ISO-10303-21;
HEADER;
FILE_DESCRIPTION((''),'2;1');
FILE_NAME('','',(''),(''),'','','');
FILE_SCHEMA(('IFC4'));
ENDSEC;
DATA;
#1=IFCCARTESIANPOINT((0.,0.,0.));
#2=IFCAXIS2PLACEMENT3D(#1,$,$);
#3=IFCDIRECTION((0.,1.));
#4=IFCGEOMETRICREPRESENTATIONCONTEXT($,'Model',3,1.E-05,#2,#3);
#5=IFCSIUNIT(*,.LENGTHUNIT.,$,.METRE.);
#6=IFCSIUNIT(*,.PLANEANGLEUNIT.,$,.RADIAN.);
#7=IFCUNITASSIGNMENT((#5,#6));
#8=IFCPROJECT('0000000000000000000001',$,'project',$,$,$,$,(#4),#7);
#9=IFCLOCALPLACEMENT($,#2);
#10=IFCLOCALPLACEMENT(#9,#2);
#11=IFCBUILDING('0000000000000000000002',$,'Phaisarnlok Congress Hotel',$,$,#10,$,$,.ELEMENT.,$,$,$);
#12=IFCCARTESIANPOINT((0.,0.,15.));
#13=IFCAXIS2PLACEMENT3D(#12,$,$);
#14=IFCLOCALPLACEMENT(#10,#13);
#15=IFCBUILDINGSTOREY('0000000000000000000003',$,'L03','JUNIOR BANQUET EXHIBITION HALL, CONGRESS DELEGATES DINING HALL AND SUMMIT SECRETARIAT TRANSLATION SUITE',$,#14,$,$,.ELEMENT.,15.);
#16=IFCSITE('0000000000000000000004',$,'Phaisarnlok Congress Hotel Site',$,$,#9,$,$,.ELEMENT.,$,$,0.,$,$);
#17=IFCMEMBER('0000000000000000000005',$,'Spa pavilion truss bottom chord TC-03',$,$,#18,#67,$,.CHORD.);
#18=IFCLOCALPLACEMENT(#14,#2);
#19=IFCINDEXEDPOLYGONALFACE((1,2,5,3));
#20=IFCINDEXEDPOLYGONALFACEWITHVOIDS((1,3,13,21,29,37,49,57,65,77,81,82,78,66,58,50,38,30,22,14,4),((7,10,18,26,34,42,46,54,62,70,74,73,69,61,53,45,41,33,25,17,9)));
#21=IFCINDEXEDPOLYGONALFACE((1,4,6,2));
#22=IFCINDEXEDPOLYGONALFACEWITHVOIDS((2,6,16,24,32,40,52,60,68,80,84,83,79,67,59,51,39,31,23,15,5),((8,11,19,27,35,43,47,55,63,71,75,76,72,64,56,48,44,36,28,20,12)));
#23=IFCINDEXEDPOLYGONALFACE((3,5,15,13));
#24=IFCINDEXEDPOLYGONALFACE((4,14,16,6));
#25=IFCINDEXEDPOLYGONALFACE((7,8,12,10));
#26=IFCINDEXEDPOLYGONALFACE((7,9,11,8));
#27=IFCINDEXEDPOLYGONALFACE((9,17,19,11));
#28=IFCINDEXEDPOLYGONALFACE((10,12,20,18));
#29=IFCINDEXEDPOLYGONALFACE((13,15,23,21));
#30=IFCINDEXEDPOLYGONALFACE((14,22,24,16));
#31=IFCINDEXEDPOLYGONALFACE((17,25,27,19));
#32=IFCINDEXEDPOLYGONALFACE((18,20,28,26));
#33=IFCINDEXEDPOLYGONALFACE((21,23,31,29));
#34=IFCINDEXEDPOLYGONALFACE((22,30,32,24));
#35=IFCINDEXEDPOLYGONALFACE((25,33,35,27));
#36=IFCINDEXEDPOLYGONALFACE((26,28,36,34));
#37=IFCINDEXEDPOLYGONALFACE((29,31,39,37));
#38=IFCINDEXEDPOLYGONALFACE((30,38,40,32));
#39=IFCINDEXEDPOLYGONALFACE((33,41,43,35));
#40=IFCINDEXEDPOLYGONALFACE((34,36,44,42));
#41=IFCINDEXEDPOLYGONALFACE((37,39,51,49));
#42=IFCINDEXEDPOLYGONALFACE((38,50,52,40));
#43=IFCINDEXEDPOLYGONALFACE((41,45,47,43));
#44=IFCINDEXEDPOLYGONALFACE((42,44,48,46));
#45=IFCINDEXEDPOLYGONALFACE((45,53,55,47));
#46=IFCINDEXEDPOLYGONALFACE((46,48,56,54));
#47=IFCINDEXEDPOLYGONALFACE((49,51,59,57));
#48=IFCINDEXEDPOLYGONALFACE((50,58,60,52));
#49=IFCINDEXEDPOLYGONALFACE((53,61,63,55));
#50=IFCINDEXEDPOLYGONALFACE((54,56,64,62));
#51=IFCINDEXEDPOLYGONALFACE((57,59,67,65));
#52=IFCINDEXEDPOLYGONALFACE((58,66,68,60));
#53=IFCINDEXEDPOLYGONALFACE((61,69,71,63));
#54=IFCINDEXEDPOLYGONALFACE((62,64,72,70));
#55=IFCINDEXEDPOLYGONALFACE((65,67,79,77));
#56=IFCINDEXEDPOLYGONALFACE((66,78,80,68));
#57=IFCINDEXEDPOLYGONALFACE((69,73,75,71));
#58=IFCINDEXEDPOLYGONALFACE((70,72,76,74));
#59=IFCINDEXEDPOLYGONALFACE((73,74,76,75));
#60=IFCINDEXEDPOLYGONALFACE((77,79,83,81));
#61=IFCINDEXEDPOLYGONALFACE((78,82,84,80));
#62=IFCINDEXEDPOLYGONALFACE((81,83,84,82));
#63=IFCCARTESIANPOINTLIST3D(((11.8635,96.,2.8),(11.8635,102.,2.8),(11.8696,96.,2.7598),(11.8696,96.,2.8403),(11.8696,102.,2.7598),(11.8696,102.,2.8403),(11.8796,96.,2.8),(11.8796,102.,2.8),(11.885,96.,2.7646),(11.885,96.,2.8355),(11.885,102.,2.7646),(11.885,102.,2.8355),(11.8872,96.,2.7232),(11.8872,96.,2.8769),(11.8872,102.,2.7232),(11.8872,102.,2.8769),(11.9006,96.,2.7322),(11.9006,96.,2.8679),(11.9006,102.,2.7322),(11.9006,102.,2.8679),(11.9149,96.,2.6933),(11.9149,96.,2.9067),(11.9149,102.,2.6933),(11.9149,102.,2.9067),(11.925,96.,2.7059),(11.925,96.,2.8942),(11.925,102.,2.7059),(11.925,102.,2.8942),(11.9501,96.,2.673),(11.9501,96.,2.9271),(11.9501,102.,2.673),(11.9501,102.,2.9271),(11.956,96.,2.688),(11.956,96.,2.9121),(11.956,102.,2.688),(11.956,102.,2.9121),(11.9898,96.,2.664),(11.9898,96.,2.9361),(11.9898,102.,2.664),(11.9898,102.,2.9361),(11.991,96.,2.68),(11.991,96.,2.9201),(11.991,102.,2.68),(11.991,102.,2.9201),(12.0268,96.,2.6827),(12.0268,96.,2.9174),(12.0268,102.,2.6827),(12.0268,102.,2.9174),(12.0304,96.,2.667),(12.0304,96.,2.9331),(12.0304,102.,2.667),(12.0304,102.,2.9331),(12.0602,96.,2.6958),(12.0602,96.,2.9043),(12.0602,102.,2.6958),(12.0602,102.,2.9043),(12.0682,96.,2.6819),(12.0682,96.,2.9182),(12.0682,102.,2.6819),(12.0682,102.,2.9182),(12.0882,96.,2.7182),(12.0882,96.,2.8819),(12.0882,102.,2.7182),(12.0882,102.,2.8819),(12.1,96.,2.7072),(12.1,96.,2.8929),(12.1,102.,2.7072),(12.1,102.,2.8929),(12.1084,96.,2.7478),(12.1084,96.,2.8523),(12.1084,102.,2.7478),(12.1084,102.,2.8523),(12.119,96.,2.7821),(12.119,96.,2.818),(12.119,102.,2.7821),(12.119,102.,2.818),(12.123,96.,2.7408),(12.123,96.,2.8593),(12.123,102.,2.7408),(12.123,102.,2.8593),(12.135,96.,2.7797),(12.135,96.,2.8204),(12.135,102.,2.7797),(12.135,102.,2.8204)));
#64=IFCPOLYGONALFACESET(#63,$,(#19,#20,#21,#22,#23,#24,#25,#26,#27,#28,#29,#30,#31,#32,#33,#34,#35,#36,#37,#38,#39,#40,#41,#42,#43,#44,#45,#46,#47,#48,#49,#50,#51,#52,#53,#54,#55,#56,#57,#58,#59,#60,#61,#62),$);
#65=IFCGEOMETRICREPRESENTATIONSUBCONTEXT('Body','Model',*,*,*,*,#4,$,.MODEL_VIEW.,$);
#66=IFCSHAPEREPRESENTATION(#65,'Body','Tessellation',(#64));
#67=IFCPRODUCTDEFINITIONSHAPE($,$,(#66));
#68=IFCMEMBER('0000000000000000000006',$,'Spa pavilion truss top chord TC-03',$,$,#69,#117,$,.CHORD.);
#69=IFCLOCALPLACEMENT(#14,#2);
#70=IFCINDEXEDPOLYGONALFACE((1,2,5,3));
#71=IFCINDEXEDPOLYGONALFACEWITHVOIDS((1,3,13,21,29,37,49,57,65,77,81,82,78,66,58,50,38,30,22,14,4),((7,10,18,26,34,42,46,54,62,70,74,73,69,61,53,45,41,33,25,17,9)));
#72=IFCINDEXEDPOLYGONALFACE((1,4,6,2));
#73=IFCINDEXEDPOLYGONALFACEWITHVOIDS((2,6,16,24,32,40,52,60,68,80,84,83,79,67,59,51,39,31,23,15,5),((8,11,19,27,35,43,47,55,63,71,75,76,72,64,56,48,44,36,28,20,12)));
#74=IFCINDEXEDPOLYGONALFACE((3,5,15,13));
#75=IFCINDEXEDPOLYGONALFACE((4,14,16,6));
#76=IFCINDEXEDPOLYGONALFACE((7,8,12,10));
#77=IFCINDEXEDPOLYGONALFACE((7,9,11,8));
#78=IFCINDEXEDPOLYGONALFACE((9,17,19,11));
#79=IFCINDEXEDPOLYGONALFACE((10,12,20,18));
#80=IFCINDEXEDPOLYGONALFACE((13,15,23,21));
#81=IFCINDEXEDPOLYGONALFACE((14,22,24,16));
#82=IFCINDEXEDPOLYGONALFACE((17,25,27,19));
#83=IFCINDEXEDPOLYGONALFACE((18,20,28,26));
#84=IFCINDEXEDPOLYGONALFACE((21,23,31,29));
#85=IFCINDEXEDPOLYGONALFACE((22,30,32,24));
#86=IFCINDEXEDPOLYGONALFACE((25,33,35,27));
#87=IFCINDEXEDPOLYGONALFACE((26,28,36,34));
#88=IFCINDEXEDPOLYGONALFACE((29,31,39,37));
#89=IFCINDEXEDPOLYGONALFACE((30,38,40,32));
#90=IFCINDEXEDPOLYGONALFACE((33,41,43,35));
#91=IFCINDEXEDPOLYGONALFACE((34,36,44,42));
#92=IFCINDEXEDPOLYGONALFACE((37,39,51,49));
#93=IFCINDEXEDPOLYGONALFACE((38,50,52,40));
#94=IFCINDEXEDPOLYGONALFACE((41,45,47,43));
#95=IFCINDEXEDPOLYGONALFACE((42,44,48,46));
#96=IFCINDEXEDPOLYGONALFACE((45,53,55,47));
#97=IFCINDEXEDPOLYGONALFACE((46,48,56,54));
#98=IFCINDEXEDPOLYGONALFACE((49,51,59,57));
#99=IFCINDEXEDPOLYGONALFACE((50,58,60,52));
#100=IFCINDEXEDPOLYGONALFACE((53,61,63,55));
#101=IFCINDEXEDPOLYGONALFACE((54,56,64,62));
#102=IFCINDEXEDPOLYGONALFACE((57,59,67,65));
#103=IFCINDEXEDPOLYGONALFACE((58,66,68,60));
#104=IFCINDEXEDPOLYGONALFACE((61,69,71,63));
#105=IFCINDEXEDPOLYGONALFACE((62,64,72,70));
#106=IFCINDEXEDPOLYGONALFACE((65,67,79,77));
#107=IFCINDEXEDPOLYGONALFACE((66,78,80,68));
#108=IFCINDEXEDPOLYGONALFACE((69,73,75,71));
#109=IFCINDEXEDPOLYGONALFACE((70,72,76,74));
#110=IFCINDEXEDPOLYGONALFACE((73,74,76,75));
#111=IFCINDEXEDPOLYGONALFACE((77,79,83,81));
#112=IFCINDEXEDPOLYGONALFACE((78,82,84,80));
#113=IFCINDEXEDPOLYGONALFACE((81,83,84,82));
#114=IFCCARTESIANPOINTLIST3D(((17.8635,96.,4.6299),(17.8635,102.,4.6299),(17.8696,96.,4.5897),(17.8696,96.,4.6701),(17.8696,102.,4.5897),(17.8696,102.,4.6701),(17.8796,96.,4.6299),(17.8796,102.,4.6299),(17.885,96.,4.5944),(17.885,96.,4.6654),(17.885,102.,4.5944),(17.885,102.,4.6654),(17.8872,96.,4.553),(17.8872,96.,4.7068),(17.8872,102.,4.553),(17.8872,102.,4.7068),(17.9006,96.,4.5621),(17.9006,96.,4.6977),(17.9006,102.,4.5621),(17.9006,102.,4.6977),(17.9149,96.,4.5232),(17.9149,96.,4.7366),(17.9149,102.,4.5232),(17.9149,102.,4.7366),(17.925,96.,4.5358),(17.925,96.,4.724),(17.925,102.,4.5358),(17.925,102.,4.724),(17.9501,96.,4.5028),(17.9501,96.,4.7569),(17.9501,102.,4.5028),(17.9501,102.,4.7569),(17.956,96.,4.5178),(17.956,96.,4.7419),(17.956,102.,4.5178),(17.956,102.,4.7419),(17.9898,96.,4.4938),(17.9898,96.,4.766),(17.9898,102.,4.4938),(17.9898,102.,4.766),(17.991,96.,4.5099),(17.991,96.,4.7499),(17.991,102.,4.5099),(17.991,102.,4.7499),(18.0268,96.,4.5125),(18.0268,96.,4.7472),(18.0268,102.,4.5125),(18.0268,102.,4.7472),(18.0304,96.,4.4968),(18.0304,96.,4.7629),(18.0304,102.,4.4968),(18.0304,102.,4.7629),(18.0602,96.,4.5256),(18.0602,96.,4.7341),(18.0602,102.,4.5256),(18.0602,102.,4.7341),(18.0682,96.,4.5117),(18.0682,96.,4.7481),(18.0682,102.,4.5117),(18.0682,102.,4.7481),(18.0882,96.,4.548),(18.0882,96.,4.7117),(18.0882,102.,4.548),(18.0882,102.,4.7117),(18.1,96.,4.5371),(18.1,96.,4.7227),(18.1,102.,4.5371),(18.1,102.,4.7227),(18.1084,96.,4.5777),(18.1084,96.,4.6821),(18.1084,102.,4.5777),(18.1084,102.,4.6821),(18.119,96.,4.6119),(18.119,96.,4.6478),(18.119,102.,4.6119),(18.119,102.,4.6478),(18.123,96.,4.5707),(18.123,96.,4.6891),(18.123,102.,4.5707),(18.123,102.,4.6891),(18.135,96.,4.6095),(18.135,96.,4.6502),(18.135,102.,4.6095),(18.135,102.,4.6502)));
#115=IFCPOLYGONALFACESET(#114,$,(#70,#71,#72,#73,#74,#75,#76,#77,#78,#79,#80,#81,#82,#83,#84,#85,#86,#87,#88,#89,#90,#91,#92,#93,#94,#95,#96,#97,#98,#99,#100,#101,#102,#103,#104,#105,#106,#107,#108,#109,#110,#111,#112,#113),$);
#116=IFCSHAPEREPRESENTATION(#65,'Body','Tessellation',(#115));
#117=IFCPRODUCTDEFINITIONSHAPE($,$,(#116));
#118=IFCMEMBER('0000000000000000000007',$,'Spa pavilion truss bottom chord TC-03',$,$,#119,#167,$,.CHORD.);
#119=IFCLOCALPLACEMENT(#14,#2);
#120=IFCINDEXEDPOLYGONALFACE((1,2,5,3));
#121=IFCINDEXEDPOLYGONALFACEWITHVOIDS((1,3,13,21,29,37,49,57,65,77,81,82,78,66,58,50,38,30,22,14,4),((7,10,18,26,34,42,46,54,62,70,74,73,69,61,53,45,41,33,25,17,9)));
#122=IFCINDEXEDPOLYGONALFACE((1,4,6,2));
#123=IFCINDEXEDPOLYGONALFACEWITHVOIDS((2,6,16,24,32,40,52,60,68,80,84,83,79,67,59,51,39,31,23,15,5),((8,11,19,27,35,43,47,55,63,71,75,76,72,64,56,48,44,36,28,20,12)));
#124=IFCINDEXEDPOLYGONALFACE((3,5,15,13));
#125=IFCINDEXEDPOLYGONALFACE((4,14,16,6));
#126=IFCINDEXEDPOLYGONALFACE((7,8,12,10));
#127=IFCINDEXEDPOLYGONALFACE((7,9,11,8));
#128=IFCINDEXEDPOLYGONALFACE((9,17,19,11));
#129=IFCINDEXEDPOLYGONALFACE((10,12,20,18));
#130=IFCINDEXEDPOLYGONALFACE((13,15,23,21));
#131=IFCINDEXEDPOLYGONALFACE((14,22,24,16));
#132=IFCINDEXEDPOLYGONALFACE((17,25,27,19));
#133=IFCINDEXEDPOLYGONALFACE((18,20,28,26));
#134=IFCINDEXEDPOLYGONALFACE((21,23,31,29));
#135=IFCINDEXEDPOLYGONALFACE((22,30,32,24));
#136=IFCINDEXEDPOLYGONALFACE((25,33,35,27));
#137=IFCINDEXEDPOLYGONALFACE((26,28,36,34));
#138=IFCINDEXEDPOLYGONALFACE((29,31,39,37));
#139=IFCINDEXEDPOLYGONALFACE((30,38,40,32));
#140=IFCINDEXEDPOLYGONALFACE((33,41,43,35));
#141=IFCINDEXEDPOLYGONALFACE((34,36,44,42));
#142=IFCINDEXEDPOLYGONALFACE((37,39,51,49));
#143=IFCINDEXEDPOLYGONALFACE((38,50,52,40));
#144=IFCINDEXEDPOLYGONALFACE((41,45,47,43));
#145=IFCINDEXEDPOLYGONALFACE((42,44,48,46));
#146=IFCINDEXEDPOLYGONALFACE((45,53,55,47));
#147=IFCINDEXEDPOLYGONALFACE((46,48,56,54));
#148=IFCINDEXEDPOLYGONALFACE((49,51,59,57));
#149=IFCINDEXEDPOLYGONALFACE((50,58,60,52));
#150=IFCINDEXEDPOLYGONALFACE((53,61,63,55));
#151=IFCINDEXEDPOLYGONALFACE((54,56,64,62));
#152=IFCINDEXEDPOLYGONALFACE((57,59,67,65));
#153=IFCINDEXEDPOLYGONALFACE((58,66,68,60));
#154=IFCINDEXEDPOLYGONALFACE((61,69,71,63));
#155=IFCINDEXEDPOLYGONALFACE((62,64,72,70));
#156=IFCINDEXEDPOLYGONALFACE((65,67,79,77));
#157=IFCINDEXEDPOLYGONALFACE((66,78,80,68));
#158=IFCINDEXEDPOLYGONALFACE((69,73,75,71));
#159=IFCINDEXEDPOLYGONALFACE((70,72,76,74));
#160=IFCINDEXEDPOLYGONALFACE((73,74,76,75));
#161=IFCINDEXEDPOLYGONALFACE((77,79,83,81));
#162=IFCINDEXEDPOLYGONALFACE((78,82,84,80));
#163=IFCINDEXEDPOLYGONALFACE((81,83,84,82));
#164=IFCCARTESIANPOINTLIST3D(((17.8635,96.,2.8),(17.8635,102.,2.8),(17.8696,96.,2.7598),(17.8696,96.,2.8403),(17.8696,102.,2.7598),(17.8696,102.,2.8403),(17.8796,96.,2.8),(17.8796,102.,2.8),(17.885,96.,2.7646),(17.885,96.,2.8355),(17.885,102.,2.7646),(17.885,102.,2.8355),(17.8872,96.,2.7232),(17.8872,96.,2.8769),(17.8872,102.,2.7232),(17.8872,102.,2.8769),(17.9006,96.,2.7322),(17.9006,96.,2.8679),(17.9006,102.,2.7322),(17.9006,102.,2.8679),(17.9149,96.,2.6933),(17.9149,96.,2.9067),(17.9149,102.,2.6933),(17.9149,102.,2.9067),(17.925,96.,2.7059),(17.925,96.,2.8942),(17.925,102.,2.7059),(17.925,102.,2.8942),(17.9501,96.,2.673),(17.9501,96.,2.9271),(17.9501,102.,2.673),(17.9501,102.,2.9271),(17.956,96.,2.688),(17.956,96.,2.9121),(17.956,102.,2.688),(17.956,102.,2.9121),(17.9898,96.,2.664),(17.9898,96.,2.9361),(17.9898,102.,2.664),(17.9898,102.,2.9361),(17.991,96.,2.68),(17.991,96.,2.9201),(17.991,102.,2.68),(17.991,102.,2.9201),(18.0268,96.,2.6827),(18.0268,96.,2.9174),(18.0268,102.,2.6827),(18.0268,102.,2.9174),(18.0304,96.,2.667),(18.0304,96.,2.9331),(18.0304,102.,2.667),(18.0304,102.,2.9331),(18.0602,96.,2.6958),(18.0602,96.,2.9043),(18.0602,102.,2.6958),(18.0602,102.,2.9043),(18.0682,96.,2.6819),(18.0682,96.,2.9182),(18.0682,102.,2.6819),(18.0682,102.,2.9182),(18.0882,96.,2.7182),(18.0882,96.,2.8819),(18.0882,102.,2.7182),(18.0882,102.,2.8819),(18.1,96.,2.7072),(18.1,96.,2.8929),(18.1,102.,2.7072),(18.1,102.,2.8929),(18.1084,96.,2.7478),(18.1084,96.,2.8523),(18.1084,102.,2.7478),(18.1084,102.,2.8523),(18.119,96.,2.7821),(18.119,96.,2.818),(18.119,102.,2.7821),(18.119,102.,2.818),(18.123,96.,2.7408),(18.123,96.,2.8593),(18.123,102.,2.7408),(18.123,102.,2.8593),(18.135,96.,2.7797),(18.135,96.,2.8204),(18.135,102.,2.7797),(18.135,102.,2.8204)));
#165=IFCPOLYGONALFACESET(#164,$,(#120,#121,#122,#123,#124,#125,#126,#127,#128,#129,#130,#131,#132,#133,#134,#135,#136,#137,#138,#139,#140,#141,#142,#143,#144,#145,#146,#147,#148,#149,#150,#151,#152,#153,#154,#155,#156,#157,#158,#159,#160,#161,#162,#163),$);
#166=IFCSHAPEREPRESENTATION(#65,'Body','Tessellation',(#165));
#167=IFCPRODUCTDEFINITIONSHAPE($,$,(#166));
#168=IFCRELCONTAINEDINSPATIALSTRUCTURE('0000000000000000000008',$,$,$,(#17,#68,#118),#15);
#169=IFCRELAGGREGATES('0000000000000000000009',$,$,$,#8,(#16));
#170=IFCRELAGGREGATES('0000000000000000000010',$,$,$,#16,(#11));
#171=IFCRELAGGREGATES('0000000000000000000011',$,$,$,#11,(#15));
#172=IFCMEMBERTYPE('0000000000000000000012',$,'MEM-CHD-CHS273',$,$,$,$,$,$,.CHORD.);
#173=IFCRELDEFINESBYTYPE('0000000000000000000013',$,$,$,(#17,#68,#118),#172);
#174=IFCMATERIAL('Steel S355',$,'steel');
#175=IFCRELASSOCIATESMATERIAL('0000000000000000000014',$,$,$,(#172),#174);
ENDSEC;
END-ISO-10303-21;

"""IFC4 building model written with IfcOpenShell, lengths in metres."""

from ifc_helpers import new_model, si_unit, direction, frame, origin, origin_2d, place, context, subcontext, project, spatial, hollow_circle, extrude, material, material_profile, profile_set, type_object, element, save


model = new_model("IFC4")

# Units and contexts
model_context = context("Model", 3, precision=1e-05, world=origin(), true_north=direction((0.0, 1.0)))
body_context = subcontext(model_context, "Body", "Model", "MODEL_VIEW")
ifc_project = project(units=[si_unit("LENGTHUNIT", "METRE"), si_unit("PLANEANGLEUNIT", "RADIAN")], contexts=[model_context])

# Site, building, storey
site_placement = place(None, origin())
site = spatial("IfcSite", under=ifc_project, at=site_placement, Name="Phaisarnlok Congress Hotel Site", CompositionType="ELEMENT", RefElevation=0.0)
building_placement = place(site_placement, origin())
building = spatial("IfcBuilding", under=site, at=building_placement, Name="Phaisarnlok Congress Hotel", CompositionType="ELEMENT")
storey_placement = place(building_placement, frame((0.0, 0.0, 15.0)))
storey = spatial("IfcBuildingStorey", under=building, at=storey_placement, Name="L03", Description="JUNIOR BANQUET EXHIBITION HALL, CONGRESS DELEGATES DINING HALL AND SUMMIT SECRETARIAT TRANSLATION SUITE", CompositionType="ELEMENT", Elevation=15.0)

# Members
ifc_material = material(Name="Steel S355", Category="steel")
ifc_material_profile_1 = material_profile(ifc_material, hollow_circle(Radius=0.1365, WallThickness=0.0161, at=origin_2d()), Name="CHS 273x16")
ifc_profile_set_1 = profile_set([ifc_material_profile_1], Name="Steel S355")
member_type_1 = type_object("IfcMemberType", Name="MEM-CHD-CHS273", PredefinedType="CHORD", material=ifc_profile_set_1)
for number, where, z_axis, x_axis, name in (
    (1, (12.0, 96.0, 2.8), (0.0, 1.0, 0.0), (-1.0, 0.0, 0.0), "Spa pavilion truss bottom chord TC-03"),
    (2, (18.0, 96.0, 4.6299), (0.0, 1.0, 0.0), (-1.0, 0.0, 0.0), "Spa pavilion truss top chord TC-03"),
    (3, (18.0, 96.0, 2.8), (0.0, 1.0, 0.0), (-1.0, 0.0, 0.0), "Spa pavilion truss bottom chord TC-03"),
):
    element("IfcMember", number, at=place(storey_placement, frame(where, z_axis=z_axis, x_axis=x_axis)), inside=storey, type_object=member_type_1, Name=name, PredefinedType="CHORD", context=body_context, shape_type="SweptSolid", body=[
        extrude(hollow_circle(Radius=0.1365, WallThickness=0.0161, at=origin_2d()), origin(), (0.0, 0.0, 1.0), 6.0),
    ])

save(model, "model.ifc")
